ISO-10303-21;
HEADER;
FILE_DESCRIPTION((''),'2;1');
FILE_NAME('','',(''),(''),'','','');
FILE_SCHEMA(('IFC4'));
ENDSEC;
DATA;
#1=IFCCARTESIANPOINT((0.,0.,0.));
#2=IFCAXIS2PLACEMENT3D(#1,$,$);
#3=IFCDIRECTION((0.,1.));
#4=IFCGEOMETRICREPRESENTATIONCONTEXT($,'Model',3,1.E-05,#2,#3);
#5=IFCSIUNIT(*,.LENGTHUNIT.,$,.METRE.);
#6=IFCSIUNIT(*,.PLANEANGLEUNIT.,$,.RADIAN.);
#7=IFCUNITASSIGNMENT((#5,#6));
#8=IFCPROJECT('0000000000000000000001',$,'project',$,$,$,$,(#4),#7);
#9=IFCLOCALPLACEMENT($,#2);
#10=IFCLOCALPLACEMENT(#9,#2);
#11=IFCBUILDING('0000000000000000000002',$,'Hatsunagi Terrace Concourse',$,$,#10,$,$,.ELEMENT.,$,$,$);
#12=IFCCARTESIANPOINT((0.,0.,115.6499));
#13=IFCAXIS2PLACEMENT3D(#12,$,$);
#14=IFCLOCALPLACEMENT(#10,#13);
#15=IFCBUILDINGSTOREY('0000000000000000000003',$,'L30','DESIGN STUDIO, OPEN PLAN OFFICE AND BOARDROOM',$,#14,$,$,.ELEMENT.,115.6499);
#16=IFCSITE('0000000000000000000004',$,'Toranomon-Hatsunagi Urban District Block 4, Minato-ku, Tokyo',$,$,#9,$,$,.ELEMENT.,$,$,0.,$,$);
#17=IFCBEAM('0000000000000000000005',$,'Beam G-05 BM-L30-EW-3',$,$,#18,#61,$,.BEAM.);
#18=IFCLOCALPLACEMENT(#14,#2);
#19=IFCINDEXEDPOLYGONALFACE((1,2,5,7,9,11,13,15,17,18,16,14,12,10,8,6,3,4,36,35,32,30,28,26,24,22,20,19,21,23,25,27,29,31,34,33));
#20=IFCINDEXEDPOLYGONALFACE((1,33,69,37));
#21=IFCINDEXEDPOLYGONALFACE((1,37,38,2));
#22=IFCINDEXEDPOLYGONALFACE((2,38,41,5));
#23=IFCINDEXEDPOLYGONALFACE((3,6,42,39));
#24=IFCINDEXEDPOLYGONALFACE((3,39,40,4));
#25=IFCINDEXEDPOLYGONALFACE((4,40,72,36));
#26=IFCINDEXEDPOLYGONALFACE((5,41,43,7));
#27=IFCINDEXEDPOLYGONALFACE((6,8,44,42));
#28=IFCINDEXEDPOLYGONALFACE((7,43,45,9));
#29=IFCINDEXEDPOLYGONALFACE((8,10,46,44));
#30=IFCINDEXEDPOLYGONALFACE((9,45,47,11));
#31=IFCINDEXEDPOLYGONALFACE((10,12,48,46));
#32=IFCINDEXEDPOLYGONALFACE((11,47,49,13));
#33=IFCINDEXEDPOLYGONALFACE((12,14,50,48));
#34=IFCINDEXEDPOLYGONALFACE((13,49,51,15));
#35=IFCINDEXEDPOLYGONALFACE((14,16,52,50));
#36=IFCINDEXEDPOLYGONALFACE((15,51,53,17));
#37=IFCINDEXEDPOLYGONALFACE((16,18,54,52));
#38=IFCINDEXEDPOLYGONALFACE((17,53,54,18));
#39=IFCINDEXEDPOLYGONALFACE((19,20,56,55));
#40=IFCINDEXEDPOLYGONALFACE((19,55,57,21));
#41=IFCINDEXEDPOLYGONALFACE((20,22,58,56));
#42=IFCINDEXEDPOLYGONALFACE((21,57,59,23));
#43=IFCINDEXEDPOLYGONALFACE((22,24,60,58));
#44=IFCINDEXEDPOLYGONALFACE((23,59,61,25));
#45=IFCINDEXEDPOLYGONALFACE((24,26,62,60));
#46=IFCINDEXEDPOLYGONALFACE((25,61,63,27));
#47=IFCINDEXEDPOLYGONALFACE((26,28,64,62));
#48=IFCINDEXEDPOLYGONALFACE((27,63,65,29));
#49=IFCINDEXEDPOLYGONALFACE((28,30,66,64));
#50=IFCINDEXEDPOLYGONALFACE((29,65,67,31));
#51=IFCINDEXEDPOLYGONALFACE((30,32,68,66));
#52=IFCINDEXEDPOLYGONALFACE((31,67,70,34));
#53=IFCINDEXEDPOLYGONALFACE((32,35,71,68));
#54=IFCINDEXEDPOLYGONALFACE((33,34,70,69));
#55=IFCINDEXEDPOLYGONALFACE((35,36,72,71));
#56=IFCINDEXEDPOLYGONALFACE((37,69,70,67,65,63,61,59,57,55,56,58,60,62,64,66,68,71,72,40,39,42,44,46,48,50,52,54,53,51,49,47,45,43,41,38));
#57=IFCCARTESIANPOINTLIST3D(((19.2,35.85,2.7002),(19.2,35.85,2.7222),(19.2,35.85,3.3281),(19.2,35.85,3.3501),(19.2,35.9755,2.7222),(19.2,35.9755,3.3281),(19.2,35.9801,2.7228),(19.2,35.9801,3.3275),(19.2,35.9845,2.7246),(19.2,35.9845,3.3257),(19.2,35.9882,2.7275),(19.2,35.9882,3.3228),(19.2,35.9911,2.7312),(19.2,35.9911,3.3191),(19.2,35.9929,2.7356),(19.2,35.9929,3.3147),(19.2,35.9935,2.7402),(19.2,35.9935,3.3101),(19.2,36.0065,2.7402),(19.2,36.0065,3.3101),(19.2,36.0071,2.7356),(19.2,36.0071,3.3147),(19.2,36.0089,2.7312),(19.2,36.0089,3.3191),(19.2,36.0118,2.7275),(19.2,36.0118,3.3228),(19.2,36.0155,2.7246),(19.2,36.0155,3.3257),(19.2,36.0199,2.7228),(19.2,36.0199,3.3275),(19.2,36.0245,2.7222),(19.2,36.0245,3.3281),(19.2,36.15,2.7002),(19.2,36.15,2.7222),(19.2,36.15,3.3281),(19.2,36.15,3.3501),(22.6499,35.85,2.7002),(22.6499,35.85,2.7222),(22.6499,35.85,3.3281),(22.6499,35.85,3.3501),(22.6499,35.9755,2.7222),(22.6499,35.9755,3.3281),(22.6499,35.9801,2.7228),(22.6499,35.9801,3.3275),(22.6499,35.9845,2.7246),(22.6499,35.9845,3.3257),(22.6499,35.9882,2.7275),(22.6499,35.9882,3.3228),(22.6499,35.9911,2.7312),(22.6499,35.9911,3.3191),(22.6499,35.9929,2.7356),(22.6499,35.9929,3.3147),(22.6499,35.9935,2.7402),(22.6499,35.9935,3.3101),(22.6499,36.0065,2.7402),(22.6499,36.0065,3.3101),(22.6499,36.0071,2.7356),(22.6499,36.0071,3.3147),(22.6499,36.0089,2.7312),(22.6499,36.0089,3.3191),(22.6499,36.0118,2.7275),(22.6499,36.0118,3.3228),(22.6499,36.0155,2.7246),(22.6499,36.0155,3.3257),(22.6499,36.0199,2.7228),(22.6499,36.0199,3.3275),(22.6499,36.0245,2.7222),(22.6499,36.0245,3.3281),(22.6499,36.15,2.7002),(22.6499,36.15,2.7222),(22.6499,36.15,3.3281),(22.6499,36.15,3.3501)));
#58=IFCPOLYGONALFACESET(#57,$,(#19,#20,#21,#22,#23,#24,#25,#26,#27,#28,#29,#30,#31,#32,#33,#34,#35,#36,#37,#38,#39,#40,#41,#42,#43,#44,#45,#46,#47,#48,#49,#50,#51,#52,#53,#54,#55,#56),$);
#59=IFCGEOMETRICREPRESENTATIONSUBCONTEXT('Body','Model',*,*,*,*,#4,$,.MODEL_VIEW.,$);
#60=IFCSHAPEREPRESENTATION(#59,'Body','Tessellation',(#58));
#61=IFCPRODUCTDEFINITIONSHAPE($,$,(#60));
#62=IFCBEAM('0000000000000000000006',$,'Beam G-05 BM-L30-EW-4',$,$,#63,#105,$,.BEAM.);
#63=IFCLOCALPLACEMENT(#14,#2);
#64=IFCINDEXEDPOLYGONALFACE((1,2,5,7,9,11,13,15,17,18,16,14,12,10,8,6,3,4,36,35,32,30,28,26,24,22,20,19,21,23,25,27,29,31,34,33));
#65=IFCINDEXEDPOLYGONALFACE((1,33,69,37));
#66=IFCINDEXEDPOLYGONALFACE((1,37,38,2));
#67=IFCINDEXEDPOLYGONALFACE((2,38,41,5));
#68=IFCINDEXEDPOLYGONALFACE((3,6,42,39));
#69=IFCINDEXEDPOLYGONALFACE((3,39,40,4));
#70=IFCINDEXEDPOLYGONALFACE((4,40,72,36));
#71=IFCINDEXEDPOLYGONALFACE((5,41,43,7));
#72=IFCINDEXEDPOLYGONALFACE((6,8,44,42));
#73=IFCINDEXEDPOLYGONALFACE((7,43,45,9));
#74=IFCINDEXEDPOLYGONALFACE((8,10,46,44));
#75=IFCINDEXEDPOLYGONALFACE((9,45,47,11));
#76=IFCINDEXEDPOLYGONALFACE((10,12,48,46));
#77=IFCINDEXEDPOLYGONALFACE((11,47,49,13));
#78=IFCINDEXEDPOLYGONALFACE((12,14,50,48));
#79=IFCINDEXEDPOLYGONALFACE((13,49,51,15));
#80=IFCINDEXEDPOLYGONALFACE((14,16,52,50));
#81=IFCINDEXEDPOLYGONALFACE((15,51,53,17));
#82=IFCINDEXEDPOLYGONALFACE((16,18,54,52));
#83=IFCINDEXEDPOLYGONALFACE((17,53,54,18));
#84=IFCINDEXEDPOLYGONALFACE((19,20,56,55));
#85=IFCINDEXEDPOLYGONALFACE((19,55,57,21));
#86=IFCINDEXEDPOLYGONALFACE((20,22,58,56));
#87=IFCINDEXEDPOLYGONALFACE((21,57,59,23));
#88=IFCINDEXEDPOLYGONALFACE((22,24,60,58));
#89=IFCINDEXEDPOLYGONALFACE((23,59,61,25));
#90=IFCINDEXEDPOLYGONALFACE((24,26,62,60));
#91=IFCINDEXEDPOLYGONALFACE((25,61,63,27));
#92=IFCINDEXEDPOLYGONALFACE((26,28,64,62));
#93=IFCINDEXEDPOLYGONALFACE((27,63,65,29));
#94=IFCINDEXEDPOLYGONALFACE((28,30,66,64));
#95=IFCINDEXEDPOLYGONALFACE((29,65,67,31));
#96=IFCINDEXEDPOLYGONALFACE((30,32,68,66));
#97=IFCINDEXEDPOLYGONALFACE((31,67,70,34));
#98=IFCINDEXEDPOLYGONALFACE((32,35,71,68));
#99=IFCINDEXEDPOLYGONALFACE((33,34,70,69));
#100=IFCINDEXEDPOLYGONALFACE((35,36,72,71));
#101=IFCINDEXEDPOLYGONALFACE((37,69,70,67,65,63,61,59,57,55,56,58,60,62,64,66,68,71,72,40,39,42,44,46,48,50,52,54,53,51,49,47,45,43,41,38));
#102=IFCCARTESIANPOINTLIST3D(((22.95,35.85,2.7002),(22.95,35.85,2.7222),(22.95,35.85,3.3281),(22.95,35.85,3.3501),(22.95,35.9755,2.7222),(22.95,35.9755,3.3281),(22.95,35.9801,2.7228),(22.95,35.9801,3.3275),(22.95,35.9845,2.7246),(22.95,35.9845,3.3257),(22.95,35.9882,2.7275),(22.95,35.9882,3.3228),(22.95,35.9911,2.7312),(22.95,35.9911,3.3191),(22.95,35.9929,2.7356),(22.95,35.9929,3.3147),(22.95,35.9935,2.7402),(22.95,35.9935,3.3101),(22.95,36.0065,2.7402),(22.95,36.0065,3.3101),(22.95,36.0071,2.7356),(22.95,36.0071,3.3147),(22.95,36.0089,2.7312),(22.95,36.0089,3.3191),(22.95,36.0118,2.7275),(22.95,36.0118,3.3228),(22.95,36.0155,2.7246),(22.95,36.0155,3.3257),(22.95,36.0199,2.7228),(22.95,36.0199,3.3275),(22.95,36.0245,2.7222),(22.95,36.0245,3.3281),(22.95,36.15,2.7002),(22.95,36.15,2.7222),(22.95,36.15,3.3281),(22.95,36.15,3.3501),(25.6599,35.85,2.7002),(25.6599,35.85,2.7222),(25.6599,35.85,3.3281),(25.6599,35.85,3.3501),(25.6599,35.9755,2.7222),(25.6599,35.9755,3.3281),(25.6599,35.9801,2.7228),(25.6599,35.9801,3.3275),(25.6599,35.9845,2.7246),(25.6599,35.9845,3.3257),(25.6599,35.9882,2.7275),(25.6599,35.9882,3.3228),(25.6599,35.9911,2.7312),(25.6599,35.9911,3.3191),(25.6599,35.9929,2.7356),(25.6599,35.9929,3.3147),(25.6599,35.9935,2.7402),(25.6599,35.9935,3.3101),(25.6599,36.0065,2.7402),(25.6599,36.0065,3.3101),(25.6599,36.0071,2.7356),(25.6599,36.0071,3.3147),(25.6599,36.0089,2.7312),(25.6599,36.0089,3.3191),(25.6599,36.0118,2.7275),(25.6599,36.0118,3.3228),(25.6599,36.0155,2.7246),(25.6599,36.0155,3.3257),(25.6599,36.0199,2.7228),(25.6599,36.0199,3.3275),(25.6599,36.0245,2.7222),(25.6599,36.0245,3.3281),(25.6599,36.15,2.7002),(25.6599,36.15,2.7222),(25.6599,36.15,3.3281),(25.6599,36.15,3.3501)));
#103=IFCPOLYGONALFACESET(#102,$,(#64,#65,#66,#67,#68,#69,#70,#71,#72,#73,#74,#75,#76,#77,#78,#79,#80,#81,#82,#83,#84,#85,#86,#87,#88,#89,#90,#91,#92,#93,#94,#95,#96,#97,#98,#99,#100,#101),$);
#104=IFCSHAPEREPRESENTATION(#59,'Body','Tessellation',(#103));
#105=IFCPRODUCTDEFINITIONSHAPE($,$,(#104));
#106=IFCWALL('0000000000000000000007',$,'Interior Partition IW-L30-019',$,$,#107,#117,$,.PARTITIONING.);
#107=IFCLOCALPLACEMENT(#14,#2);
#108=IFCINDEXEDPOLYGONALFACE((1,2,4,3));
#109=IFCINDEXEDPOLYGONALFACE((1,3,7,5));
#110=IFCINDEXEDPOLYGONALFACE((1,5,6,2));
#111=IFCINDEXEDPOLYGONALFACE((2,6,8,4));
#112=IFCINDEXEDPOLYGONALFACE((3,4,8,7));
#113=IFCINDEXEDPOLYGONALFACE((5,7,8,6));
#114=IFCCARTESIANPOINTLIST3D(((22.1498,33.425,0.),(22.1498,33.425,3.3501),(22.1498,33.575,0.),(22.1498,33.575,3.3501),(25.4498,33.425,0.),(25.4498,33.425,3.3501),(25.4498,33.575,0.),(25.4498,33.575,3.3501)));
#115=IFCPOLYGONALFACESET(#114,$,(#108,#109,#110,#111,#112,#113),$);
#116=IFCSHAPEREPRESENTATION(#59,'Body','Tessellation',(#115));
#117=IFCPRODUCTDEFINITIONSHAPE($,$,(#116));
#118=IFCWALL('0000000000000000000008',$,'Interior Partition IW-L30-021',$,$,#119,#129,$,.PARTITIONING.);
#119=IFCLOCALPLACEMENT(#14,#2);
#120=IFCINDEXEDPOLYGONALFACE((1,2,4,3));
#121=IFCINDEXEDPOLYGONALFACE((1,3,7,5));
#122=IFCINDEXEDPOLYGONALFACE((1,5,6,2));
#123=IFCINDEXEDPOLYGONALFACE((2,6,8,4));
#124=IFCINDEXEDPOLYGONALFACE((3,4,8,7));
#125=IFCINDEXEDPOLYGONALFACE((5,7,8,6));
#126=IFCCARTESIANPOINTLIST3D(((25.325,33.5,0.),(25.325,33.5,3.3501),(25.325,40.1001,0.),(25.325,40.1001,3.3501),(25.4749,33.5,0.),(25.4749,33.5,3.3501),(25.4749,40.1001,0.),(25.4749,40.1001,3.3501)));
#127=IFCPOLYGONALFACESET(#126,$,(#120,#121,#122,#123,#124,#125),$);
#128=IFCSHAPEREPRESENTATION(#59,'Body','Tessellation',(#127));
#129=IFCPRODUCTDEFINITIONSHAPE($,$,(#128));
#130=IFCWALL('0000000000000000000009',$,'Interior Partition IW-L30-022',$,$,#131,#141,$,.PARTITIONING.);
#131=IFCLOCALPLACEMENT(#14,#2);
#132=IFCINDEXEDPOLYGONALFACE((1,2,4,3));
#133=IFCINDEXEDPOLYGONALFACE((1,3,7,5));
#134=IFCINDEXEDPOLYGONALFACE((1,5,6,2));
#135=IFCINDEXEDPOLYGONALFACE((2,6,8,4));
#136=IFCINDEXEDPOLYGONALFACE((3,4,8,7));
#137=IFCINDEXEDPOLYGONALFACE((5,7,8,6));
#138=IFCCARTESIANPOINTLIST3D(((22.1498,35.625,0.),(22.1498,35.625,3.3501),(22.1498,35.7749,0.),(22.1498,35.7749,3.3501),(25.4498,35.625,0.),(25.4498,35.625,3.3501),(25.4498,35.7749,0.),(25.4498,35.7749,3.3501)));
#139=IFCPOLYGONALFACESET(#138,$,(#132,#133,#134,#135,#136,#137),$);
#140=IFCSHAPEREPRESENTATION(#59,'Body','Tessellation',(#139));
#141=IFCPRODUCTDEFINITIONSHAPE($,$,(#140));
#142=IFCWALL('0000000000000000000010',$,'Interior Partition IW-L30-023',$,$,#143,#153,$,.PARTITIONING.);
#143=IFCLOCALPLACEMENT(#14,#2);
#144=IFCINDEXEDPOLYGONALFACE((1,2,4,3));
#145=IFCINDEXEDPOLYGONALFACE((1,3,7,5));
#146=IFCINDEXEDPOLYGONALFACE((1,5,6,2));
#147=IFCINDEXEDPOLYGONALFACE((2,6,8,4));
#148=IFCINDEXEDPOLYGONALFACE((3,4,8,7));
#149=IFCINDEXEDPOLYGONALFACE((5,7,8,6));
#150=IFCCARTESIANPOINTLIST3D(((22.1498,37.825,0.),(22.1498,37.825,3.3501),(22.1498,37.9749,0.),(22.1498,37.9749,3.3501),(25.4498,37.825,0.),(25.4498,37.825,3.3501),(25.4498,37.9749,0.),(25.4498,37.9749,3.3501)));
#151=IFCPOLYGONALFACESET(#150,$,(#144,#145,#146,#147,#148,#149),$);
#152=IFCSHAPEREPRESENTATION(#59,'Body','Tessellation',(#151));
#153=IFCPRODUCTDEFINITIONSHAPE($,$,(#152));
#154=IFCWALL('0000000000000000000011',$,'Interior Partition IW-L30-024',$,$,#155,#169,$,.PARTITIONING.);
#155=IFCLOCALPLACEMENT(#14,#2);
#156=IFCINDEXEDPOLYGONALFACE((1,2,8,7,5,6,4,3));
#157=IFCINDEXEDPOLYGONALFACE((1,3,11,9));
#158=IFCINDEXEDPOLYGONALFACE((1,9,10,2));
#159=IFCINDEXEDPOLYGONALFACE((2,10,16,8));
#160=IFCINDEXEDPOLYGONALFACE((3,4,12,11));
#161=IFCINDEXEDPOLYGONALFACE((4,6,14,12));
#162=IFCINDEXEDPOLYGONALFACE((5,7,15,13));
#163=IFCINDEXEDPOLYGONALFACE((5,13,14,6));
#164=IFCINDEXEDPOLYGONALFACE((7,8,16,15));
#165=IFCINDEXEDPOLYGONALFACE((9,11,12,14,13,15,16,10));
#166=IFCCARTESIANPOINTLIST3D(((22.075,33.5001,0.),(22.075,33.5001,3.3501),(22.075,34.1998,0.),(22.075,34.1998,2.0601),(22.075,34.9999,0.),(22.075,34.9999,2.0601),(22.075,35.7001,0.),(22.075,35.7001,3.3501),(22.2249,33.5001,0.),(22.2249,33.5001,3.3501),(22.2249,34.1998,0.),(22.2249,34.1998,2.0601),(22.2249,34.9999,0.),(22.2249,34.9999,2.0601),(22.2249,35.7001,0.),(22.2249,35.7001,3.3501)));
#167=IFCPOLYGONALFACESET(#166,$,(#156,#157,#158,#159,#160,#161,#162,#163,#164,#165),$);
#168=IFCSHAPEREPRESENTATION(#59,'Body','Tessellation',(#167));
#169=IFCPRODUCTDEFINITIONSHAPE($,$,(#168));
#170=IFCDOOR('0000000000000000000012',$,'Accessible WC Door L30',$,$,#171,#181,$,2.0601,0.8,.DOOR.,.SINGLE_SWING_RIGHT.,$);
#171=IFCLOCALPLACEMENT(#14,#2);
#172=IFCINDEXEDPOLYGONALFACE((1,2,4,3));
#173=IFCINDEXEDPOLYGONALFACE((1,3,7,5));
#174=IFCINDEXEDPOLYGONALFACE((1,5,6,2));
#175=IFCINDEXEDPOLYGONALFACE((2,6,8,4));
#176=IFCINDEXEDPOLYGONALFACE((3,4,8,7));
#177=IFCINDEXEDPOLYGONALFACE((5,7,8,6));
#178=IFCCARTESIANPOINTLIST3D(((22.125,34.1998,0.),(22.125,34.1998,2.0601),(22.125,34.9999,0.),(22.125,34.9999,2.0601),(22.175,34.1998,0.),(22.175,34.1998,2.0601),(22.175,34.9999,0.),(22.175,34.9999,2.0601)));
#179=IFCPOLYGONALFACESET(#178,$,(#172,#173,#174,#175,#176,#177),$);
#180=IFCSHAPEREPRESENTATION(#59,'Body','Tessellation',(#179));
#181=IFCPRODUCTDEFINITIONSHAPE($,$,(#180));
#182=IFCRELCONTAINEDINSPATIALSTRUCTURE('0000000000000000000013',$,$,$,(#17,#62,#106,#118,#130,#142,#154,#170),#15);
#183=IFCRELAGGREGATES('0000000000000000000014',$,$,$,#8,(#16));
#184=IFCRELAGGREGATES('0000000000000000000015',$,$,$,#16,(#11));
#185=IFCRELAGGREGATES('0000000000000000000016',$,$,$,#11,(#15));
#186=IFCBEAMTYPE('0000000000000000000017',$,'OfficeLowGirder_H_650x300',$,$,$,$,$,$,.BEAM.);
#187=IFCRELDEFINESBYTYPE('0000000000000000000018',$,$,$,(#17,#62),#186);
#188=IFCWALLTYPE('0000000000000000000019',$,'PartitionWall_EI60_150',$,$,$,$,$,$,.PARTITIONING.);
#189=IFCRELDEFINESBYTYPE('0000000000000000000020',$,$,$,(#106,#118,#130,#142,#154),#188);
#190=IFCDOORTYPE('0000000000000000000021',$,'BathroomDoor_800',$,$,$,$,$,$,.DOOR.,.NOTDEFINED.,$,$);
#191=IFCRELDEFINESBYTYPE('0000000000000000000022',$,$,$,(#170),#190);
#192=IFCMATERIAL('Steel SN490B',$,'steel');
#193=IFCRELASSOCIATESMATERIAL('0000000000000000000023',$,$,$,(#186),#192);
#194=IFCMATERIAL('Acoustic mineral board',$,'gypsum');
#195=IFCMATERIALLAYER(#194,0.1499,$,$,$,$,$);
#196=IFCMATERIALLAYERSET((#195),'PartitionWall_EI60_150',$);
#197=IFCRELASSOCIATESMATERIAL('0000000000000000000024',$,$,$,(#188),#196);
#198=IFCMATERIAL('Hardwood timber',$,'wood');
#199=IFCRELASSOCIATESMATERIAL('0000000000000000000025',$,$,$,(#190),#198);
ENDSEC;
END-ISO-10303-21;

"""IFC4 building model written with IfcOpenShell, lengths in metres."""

from ifc_helpers import new_model, si_unit, direction, frame, frame_2d, origin, origin_2d, place, context, subcontext, project, spatial, rectangle, i_section, extrude, material, layer, layer_set, material_profile, profile_set, type_object, element, fill, save


model = new_model("IFC4")

# Units and contexts
model_context = context("Model", 3, precision=1e-05, world=origin(), true_north=direction((0.0, 1.0)))
body_context = subcontext(model_context, "Body", "Model", "MODEL_VIEW")
ifc_project = project(units=[si_unit("LENGTHUNIT", "METRE"), si_unit("PLANEANGLEUNIT", "RADIAN")], contexts=[model_context])

# Site, building, storey
site_placement = place(None, origin())
site = spatial("IfcSite", under=ifc_project, at=site_placement, Name="Toranomon-Hatsunagi Urban District Block 4, Minato-ku, Tokyo", CompositionType="ELEMENT", RefElevation=0.0)
building_placement = place(site_placement, origin())
building = spatial("IfcBuilding", under=site, at=building_placement, Name="Hatsunagi Terrace Concourse", CompositionType="ELEMENT")
storey_placement = place(building_placement, frame((0.0, 0.0, 115.6499)))
storey = spatial("IfcBuildingStorey", under=building, at=storey_placement, Name="L30", Description="DESIGN STUDIO, OPEN PLAN OFFICE AND BOARDROOM", CompositionType="ELEMENT", Elevation=115.6499)

# Beams
ifc_material_1 = material(Name="Steel SN490B", Category="steel")
ifc_material_profile_1 = material_profile(ifc_material_1, i_section(OverallWidth=0.3, OverallDepth=0.6499, WebThickness=0.0129, FlangeThickness=0.022, FilletRadius=0.0181, at=origin_2d()), Name="H-650x300x13x22")
ifc_profile_set_1 = profile_set([ifc_material_profile_1], Name="Steel SN490B")
beam_type_1 = type_object("IfcBeamType", Name="OfficeLowGirder_H_650x300", PredefinedType="BEAM", material=ifc_profile_set_1)
beam_1_placement = place(storey_placement, frame((19.2, 36.0, 3.0251), z_axis=(1.0, 0.0, 0.0), x_axis=(0.0, 1.0, 0.0)))
element("IfcBeam", 1, at=beam_1_placement, inside=storey, type_object=beam_type_1, Name="Beam G-05 BM-L30-EW-3", PredefinedType="BEAM", context=body_context, shape_type="SweptSolid", body=[
    extrude(i_section(OverallWidth=0.3, OverallDepth=0.6499, WebThickness=0.0129, FlangeThickness=0.022, FilletRadius=0.0181, at=origin_2d()), origin(), (0.0, 0.0, 1.0), 3.45),
])
beam_2_placement = place(storey_placement, frame((22.95, 36.0, 3.0251), z_axis=(1.0, 0.0, 0.0), x_axis=(0.0, 1.0, 0.0)))
element("IfcBeam", 2, at=beam_2_placement, inside=storey, type_object=beam_type_1, Name="Beam G-05 BM-L30-EW-4", PredefinedType="BEAM", context=body_context, shape_type="SweptSolid", body=[
    extrude(i_section(OverallWidth=0.3, OverallDepth=0.6499, WebThickness=0.0129, FlangeThickness=0.022, FilletRadius=0.0181, at=origin_2d()), origin(), (0.0, 0.0, 1.0), 2.71),
])

# Walls
ifc_material_2 = material(Name="Acoustic mineral board", Category="gypsum")
ifc_layer_1 = layer(ifc_material_2, 0.1499)
ifc_layer_set_1 = layer_set([ifc_layer_1], Name="PartitionWall_EI60_150")
wall_type = type_object("IfcWallType", Name="PartitionWall_EI60_150", PredefinedType="PARTITIONING", material=ifc_layer_set_1)
wall_1_placement = place(storey_placement, frame((22.1499, 33.5, 0.0), z_axis=(0.0, 0.0, 1.0), x_axis=(1.0, 0.0, 0.0)))
element("IfcWall", 3, at=wall_1_placement, inside=storey, type_object=wall_type, Name="Interior Partition IW-L30-019", PredefinedType="PARTITIONING", context=body_context, shape_type="SweptSolid", body=[
    extrude(rectangle(XDim=3.3, YDim=0.1499, at=frame_2d((1.6499, 0.0))), origin(), (0.0, 0.0, 1.0), 3.3501),
])
wall_2_placement = place(storey_placement, frame((25.3999, 33.5, 0.0), z_axis=(0.0, 0.0, 1.0), x_axis=(0.0, 1.0, 0.0)))
element("IfcWall", 4, at=wall_2_placement, inside=storey, type_object=wall_type, Name="Interior Partition IW-L30-021", PredefinedType="PARTITIONING", context=body_context, shape_type="SweptSolid", body=[
    extrude(rectangle(XDim=6.6001, YDim=0.1499, at=frame_2d((3.3, 0.0))), origin(), (0.0, 0.0, 1.0), 3.3501),
])
for number, where, z_axis, x_axis, name in (
    (5, (22.1499, 35.7, 0.0), (0.0, 0.0, 1.0), (1.0, 0.0, 0.0), "Interior Partition IW-L30-022"),
    (6, (22.1499, 37.8999, 0.0), (0.0, 0.0, 1.0), (1.0, 0.0, 0.0), "Interior Partition IW-L30-023"),
):
    element("IfcWall", number, at=place(storey_placement, frame(where, z_axis=z_axis, x_axis=x_axis)), inside=storey, type_object=wall_type, Name=name, PredefinedType="PARTITIONING", context=body_context, shape_type="SweptSolid", body=[
        extrude(rectangle(XDim=3.3, YDim=0.1499, at=frame_2d((1.6499, 0.0))), origin(), (0.0, 0.0, 1.0), 3.3501),
    ])

# Wall, opening, door
wall_3_placement = place(storey_placement, frame((22.1499, 33.5, 0.0), z_axis=(0.0, 0.0, 1.0), x_axis=(0.0, 1.0, 0.0)))
wall_3 = element("IfcWall", 7, at=wall_3_placement, inside=storey, type_object=wall_type, Name="Interior Partition IW-L30-024", PredefinedType="PARTITIONING", context=body_context, shape_type="SweptSolid", body=[
    extrude(rectangle(XDim=2.2, YDim=0.1499, at=frame_2d((1.1001, 0.0))), origin(), (0.0, 0.0, 1.0), 3.3501),
])
opening_1_placement = place(wall_3_placement, frame((0.7, 0.0, 0.0)))
opening_1 = element("IfcOpeningElement", 8, at=opening_1_placement, cuts=wall_3, PredefinedType="OPENING", context=body_context, shape_type="SweptSolid", body=[
    extrude(rectangle(XDim=0.8, YDim=2.0601, at=frame_2d((0.3999, 1.03))), frame((0.0, 0.085, 0.0), z_axis=(0.0, -1.0, 0.0), x_axis=(1.0, 0.0, 0.0)), (0.0, 0.0, 1.0), 0.1699),
])
ifc_material_3 = material(Name="Hardwood timber", Category="wood")
door_type = type_object("IfcDoorType", Name="BathroomDoor_800", OperationType="NOTDEFINED", PredefinedType="DOOR", material=ifc_material_3)
door_1_placement = place(opening_1_placement, origin())
door_1 = element("IfcDoor", 9, at=door_1_placement, inside=storey, type_object=door_type, Name="Accessible WC Door L30", OperationType="SINGLE_SWING_RIGHT", OverallHeight=2.0601, OverallWidth=0.8, PredefinedType="DOOR", context=body_context, shape_type="SweptSolid", body=[
    extrude(rectangle(XDim=0.8, YDim=2.0601, at=frame_2d((0.3999, 1.03))), frame((0.0, 0.0249, 0.0), z_axis=(0.0, -1.0, 0.0), x_axis=(1.0, 0.0, 0.0)), (0.0, 0.0, 1.0), 0.05),
])
fill(opening_1, door_1)

save(model, "model.ifc")
